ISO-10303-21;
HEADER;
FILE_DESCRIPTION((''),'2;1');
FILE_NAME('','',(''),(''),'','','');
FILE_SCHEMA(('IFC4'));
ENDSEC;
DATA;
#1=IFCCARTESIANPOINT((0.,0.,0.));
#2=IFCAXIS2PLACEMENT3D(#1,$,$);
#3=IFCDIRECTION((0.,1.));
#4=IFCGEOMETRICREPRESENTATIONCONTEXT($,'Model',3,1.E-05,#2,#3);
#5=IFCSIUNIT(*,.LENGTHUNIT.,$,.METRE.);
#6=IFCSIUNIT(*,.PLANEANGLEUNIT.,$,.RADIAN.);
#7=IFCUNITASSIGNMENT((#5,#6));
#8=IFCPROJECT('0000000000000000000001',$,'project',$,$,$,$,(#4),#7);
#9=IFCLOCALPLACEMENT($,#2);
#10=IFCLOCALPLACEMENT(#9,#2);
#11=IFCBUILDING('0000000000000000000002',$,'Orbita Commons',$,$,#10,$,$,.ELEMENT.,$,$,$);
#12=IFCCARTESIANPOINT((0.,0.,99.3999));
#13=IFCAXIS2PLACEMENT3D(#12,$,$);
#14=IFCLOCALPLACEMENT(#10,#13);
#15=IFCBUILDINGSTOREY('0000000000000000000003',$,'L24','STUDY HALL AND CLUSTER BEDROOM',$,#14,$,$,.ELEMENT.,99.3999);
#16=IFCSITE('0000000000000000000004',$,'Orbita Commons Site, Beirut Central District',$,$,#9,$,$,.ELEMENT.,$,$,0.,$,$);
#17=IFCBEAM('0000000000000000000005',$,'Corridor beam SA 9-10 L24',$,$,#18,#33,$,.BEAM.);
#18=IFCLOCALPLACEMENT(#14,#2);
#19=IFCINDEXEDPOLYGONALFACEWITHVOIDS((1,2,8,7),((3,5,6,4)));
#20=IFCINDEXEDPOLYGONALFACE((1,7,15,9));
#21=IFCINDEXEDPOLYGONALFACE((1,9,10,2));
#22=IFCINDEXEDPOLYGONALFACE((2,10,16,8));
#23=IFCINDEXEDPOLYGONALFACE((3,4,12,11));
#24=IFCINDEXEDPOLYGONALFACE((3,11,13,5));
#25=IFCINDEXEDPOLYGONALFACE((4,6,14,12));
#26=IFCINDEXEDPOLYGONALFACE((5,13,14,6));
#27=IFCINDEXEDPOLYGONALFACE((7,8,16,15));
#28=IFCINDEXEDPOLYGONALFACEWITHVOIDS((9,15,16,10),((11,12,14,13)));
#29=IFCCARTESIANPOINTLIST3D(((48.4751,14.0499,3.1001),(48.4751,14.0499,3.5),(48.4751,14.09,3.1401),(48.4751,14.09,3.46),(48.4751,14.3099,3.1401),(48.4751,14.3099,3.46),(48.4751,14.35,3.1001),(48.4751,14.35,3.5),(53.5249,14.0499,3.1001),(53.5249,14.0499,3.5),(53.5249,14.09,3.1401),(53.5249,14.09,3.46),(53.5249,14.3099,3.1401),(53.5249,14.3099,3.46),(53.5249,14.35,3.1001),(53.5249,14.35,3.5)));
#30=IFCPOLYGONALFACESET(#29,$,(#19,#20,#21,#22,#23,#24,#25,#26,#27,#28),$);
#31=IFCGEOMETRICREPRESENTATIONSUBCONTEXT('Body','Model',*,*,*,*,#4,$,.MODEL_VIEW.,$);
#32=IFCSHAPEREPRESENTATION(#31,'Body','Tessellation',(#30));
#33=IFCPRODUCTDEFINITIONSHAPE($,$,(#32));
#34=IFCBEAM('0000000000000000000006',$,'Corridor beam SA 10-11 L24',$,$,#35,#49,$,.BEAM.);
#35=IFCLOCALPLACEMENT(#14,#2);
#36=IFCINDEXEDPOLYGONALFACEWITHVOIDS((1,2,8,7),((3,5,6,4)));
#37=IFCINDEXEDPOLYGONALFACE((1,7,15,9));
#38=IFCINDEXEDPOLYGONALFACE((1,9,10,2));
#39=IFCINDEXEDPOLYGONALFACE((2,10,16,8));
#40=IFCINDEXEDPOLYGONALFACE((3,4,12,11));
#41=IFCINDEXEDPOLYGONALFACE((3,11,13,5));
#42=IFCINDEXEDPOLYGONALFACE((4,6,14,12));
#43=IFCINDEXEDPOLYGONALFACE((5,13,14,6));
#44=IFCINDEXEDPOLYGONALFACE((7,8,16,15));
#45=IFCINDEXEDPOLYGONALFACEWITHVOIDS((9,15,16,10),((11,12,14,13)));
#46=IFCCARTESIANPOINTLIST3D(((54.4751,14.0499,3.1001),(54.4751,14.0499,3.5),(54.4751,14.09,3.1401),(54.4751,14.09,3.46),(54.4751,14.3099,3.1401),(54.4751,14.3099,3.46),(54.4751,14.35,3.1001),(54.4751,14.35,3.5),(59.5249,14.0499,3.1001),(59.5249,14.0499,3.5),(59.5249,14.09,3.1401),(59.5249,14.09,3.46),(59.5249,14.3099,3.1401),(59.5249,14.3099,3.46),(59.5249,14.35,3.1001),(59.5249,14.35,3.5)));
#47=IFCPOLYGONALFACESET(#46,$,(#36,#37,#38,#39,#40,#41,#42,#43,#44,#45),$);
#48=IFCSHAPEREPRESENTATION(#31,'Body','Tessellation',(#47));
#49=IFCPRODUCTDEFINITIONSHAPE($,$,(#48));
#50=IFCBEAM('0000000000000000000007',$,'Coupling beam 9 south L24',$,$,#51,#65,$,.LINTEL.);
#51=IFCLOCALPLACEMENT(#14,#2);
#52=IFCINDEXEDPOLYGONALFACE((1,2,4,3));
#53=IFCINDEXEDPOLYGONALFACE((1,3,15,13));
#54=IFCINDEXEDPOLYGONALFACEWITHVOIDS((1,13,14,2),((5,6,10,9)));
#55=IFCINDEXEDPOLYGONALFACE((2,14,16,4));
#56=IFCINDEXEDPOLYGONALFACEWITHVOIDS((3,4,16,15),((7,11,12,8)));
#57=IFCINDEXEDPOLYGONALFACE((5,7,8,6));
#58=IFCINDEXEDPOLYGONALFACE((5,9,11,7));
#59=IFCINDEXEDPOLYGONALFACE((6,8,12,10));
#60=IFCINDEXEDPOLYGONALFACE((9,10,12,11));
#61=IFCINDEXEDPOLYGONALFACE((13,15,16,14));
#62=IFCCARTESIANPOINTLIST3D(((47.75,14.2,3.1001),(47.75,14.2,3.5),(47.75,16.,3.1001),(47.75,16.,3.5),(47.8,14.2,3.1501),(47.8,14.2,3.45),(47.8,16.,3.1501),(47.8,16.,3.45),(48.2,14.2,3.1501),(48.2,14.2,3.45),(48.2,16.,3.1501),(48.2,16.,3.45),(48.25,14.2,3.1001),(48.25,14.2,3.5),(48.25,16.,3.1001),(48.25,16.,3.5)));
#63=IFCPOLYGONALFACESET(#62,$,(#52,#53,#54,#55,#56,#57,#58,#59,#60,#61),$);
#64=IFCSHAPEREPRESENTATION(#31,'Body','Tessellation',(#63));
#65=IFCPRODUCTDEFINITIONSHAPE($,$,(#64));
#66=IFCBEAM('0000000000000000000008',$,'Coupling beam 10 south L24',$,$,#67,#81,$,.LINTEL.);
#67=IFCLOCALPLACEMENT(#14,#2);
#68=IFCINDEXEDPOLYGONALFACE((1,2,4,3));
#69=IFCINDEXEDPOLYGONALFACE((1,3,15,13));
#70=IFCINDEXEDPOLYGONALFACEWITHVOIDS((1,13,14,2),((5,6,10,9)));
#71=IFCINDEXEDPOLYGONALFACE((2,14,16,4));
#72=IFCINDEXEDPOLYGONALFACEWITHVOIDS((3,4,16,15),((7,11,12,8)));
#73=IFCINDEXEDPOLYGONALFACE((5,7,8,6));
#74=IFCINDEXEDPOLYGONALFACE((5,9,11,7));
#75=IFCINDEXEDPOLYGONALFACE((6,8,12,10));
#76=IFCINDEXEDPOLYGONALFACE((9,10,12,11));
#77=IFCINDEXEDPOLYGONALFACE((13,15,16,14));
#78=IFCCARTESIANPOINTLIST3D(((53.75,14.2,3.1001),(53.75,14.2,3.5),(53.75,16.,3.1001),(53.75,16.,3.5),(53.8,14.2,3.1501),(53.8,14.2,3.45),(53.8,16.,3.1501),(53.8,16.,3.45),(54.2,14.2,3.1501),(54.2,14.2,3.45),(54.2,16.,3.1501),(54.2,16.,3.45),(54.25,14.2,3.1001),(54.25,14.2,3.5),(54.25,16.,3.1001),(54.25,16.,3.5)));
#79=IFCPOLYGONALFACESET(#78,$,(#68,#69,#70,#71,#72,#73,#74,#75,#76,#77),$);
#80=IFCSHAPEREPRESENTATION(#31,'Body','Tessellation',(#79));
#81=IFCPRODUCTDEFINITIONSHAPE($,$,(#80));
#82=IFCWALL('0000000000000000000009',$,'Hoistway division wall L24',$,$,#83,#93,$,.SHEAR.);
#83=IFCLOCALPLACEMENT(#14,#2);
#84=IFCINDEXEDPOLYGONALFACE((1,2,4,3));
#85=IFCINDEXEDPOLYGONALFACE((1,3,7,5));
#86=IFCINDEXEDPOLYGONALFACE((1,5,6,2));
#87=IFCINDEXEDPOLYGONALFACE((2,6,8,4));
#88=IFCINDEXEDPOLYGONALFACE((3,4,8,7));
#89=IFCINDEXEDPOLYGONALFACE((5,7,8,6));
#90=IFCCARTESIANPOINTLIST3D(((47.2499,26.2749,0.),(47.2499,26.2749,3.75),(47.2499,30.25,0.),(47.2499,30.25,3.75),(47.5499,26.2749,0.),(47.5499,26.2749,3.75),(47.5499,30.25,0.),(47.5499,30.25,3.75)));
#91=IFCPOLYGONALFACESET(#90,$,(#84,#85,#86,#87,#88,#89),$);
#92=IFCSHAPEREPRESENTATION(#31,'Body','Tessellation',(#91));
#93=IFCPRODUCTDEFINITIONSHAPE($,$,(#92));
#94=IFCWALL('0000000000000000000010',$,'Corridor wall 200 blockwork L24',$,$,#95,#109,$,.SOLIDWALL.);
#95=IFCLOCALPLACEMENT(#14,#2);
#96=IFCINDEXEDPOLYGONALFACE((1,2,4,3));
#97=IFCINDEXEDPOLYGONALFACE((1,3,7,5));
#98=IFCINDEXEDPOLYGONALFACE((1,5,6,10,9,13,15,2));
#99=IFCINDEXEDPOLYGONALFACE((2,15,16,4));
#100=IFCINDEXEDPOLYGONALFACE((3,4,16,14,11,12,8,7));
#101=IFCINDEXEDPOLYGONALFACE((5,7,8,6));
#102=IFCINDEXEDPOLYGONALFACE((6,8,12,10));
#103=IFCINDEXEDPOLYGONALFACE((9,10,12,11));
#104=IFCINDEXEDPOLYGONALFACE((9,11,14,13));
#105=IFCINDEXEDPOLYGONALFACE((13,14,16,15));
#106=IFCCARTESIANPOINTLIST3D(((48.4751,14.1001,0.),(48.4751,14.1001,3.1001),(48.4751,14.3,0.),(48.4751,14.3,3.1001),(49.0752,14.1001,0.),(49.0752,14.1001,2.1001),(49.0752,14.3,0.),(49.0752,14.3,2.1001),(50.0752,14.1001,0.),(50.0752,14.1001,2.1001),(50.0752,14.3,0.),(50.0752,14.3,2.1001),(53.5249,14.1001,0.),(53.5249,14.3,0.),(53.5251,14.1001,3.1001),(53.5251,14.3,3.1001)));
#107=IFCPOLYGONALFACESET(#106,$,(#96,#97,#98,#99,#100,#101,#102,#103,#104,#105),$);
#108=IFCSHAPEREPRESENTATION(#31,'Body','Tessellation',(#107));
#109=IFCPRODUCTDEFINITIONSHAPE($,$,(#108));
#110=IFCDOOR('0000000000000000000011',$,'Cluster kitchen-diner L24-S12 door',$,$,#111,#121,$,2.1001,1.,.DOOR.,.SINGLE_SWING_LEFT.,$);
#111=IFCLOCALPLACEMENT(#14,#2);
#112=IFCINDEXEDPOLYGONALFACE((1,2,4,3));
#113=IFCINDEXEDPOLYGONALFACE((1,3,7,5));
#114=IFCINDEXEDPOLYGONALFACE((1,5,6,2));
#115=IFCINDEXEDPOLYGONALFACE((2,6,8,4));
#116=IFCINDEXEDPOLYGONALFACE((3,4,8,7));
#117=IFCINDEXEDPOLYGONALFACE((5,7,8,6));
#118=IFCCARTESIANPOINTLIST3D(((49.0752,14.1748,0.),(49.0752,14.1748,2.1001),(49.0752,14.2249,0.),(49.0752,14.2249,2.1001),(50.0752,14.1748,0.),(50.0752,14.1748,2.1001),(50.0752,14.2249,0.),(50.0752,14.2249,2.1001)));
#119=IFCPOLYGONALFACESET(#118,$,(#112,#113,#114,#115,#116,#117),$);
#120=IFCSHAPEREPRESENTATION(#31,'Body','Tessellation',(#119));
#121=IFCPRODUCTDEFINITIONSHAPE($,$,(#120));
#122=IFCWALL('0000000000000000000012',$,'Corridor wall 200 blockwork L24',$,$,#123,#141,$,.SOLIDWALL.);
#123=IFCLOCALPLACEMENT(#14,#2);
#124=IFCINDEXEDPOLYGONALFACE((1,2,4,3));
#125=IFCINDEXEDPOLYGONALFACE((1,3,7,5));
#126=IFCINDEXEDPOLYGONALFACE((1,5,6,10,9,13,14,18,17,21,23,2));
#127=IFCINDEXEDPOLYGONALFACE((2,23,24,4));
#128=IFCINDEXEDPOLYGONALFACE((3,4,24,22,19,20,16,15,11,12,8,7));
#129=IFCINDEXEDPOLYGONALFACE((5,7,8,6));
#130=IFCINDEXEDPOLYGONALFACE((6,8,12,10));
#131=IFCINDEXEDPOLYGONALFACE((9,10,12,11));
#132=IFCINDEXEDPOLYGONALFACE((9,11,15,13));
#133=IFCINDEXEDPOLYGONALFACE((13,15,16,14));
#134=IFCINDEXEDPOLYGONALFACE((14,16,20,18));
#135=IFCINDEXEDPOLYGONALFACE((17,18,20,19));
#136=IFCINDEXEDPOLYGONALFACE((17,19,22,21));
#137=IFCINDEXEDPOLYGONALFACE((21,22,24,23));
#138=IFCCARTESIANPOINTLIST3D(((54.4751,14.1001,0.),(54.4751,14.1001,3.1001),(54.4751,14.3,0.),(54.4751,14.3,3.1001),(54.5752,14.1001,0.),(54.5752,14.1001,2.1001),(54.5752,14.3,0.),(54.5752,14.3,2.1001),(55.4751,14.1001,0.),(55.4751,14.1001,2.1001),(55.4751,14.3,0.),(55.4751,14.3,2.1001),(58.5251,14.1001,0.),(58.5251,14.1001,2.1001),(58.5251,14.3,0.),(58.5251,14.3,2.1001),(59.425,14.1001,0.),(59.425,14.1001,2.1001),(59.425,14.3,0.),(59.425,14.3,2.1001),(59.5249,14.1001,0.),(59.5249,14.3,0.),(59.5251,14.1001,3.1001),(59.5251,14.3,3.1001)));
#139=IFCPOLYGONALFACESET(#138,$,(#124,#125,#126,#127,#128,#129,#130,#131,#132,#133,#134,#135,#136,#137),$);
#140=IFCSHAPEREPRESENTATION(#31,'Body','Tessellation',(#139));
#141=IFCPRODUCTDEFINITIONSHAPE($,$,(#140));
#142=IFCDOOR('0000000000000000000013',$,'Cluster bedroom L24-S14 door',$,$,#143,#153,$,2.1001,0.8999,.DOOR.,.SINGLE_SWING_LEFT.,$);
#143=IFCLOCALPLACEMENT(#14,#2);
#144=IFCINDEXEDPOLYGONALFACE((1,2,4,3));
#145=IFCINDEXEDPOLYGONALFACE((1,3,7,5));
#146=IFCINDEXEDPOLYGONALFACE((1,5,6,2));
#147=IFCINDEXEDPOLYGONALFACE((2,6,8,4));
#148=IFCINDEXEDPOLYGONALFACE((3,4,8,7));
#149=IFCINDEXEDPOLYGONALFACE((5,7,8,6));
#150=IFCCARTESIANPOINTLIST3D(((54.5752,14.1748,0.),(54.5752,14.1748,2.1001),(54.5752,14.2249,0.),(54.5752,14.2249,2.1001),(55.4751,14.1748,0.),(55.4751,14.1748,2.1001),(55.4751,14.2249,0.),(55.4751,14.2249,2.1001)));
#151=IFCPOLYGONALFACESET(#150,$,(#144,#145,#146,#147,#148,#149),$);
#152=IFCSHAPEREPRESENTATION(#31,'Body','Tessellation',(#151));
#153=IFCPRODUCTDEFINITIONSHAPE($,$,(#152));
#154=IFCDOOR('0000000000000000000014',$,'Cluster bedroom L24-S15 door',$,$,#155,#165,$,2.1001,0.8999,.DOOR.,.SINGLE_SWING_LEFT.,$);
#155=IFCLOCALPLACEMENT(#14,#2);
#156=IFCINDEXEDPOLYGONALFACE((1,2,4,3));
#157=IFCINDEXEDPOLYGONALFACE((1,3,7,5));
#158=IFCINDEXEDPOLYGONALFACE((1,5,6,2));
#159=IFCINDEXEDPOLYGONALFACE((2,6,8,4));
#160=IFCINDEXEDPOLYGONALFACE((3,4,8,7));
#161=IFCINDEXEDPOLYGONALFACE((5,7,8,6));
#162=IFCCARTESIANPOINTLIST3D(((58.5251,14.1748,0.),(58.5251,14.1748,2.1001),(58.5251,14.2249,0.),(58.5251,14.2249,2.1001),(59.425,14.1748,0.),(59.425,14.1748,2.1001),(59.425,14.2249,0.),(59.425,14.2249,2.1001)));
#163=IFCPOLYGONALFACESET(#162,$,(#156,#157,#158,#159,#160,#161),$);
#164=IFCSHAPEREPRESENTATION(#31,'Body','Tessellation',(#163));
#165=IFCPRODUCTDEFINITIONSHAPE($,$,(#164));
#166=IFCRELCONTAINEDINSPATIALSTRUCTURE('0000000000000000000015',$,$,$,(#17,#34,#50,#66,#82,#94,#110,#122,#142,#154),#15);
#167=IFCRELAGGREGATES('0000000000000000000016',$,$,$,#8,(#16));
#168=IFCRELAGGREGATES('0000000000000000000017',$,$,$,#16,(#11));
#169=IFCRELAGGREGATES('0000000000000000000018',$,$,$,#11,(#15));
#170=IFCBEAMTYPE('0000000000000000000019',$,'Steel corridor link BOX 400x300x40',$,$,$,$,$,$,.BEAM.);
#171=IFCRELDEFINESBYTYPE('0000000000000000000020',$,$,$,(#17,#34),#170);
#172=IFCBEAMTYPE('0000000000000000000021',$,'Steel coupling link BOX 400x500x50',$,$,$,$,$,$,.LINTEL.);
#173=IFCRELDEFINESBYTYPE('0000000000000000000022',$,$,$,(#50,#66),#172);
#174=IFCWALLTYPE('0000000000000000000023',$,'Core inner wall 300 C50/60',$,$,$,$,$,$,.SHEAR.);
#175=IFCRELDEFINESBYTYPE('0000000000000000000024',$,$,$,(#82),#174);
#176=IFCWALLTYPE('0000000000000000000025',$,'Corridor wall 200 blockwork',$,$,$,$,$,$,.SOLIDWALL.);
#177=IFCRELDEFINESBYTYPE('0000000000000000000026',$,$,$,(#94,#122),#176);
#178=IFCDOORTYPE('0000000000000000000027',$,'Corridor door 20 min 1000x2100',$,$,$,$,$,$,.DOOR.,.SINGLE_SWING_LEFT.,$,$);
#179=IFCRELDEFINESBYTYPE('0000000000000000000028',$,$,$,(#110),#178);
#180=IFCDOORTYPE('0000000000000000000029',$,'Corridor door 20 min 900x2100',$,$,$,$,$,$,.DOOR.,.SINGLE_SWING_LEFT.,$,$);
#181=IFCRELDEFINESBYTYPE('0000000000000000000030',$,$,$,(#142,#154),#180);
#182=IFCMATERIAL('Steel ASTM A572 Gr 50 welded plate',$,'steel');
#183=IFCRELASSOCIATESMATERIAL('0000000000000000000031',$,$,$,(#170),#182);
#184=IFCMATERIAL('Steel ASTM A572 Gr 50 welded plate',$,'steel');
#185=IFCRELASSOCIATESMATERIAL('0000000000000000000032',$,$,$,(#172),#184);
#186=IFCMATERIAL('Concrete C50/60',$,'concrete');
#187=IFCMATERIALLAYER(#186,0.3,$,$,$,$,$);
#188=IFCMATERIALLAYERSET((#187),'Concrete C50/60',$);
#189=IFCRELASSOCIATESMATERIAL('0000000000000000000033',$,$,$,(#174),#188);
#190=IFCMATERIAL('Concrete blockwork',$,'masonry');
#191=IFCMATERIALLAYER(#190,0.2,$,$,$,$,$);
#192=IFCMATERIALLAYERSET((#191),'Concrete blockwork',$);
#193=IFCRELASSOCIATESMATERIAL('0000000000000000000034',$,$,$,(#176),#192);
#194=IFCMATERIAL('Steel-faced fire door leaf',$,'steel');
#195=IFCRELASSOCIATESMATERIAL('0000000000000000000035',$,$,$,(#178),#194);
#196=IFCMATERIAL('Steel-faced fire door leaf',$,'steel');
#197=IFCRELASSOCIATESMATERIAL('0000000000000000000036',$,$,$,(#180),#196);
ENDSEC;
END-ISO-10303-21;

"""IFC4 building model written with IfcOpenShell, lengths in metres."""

from ifc_helpers import new_model, si_unit, direction, frame, frame_2d, origin, origin_2d, place, context, subcontext, project, spatial, polyline, rectangle, hollow_rectangle, outline, extrude, material, layer, layer_set, material_profile, profile_set, type_object, element, fill, save


model = new_model("IFC4")

# Units and contexts
model_context = context("Model", 3, precision=1e-05, world=origin(), true_north=direction((0.0, 1.0)))
body_context = subcontext(model_context, "Body", "Model", "MODEL_VIEW")
ifc_project = project(units=[si_unit("LENGTHUNIT", "METRE"), si_unit("PLANEANGLEUNIT", "RADIAN")], contexts=[model_context])

# Site, building, storey
site_placement = place(None, origin())
site = spatial("IfcSite", under=ifc_project, at=site_placement, Name="Orbita Commons Site, Beirut Central District", CompositionType="ELEMENT", RefElevation=0.0)
building_placement = place(site_placement, origin())
building = spatial("IfcBuilding", under=site, at=building_placement, Name="Orbita Commons", CompositionType="ELEMENT")
storey_placement = place(building_placement, frame((0.0, 0.0, 99.3999)))
storey = spatial("IfcBuildingStorey", under=building, at=storey_placement, Name="L24", Description="STUDY HALL AND CLUSTER BEDROOM", CompositionType="ELEMENT", Elevation=99.3999)

# Beams
ifc_material_1 = material(Name="Steel ASTM A572 Gr 50 welded plate", Category="steel")
ifc_material_profile_1 = material_profile(ifc_material_1, hollow_rectangle(XDim=0.3, YDim=0.3999, WallThickness=0.04, at=origin_2d()), Name="BOX 400x300x40")
ifc_profile_set_1 = profile_set([ifc_material_profile_1], Name="Steel ASTM A572 Gr 50 welded plate")
beam_type_1 = type_object("IfcBeamType", Name="Steel corridor link BOX 400x300x40", PredefinedType="BEAM", material=ifc_profile_set_1)
for number, where, z_axis, x_axis, name in (
    (1, (48.4751, 14.2, 3.3), (1.0, 0.0, 0.0), (0.0, 1.0, 0.0), "Corridor beam SA 9-10 L24"),
    (2, (54.4751, 14.2, 3.3), (1.0, 0.0, 0.0), (0.0, 1.0, 0.0), "Corridor beam SA 10-11 L24"),
):
    element("IfcBeam", number, at=place(storey_placement, frame(where, z_axis=z_axis, x_axis=x_axis)), inside=storey, type_object=beam_type_1, Name=name, PredefinedType="BEAM", context=body_context, shape_type="SweptSolid", body=[
        extrude(hollow_rectangle(XDim=0.3, YDim=0.3999, WallThickness=0.04, at=origin_2d()), origin(), (0.0, 0.0, 1.0), 5.0498),
    ])
ifc_material_2 = material(Name="Steel ASTM A572 Gr 50 welded plate", Category="steel")
ifc_material_profile_2 = material_profile(ifc_material_2, hollow_rectangle(XDim=0.5, YDim=0.3999, WallThickness=0.05, at=origin_2d()), Name="BOX 400x500x50")
ifc_profile_set_2 = profile_set([ifc_material_profile_2], Name="Steel ASTM A572 Gr 50 welded plate")
beam_type_2 = type_object("IfcBeamType", Name="Steel coupling link BOX 400x500x50", PredefinedType="LINTEL", material=ifc_profile_set_2)
for number, where, z_axis, x_axis, name in (
    (3, (48.0, 14.2, 3.3), (0.0, 1.0, 0.0), (-1.0, 0.0, 0.0), "Coupling beam 9 south L24"),
    (4, (54.0, 14.2, 3.3), (0.0, 1.0, 0.0), (-1.0, 0.0, 0.0), "Coupling beam 10 south L24"),
):
    element("IfcBeam", number, at=place(storey_placement, frame(where, z_axis=z_axis, x_axis=x_axis)), inside=storey, type_object=beam_type_2, Name=name, PredefinedType="LINTEL", context=body_context, shape_type="SweptSolid", body=[
        extrude(hollow_rectangle(XDim=0.5, YDim=0.3999, WallThickness=0.05, at=origin_2d()), origin(), (0.0, 0.0, 1.0), 1.8),
    ])

# Wall
ifc_material_3 = material(Name="Concrete C50/60", Category="concrete")
ifc_layer_1 = layer(ifc_material_3, 0.3)
ifc_layer_set_1 = layer_set([ifc_layer_1], Name="Concrete C50/60")
wall_type_1 = type_object("IfcWallType", Name="Core inner wall 300 C50/60", PredefinedType="SHEAR", material=ifc_layer_set_1)
wall_1_placement = place(storey_placement, frame((47.3999, 26.2749, 0.0), z_axis=(0.0, 0.0, 1.0), x_axis=(0.0, 1.0, 0.0)))
element("IfcWall", 5, at=wall_1_placement, inside=storey, type_object=wall_type_1, Name="Hoistway division wall L24", PredefinedType="SHEAR", context=body_context, shape_type="SweptSolid", body=[
    extrude(rectangle(XDim=3.9751, YDim=0.3, at=frame_2d((1.9875, 0.0))), origin(), (0.0, 0.0, 1.0), 3.75),
])

# Wall, opening, door
ifc_material_4 = material(Name="Concrete blockwork", Category="masonry")
ifc_layer_2 = layer(ifc_material_4, 0.2)
ifc_layer_set_2 = layer_set([ifc_layer_2], Name="Concrete blockwork")
wall_type_2 = type_object("IfcWallType", Name="Corridor wall 200 blockwork", PredefinedType="SOLIDWALL", material=ifc_layer_set_2)
wall_2_placement = place(storey_placement, frame((48.4751, 14.2, 0.0), z_axis=(0.0, 0.0, 1.0), x_axis=(1.0, 0.0, 0.0)))
wall_2 = element("IfcWall", 6, at=wall_2_placement, inside=storey, type_object=wall_type_2, Name="Corridor wall 200 blockwork L24", PredefinedType="SOLIDWALL", context=body_context, shape_type="SweptSolid", body=[
    extrude(outline(polyline([(0.0, 0.0), (5.0498, 0.0), (5.05, 3.1001), (0.0, 3.1001), (0.0, 0.0)])), frame((0.0, 0.1001, 0.0), z_axis=(0.0, -1.0, 0.0), x_axis=(1.0, 0.0, 0.0)), (0.0, 0.0, 1.0), 0.2),
])
opening_1_placement = place(wall_2_placement, frame((0.6001, 0.0, 0.0)))
opening_1 = element("IfcOpeningElement", 7, at=opening_1_placement, cuts=wall_2, PredefinedType="OPENING", context=body_context, shape_type="SweptSolid", body=[
    extrude(rectangle(XDim=1.0, YDim=2.1001, at=frame_2d((0.5, 1.05))), frame((0.0, 0.1099, 0.0), z_axis=(0.0, -1.0, 0.0), x_axis=(1.0, 0.0, 0.0)), (0.0, 0.0, 1.0), 0.22),
])
ifc_material_5 = material(Name="Steel-faced fire door leaf", Category="steel")
door_type_1 = type_object("IfcDoorType", Name="Corridor door 20 min 1000x2100", OperationType="SINGLE_SWING_LEFT", PredefinedType="DOOR", material=ifc_material_5)
door_1_placement = place(opening_1_placement, origin())
door_1 = element("IfcDoor", 8, at=door_1_placement, inside=storey, type_object=door_type_1, Name="Cluster kitchen-diner L24-S12 door", OperationType="SINGLE_SWING_LEFT", OverallHeight=2.1001, OverallWidth=1.0, PredefinedType="DOOR", context=body_context, shape_type="SweptSolid", body=[
    extrude(rectangle(XDim=1.0, YDim=2.1001, at=frame_2d((0.5, 1.05))), frame((0.0, 0.0249, 0.0), z_axis=(0.0, -1.0, 0.0), x_axis=(1.0, 0.0, 0.0)), (0.0, 0.0, 1.0), 0.05),
])
fill(opening_1, door_1)

# Wall, openings, doors
wall_3_placement = place(storey_placement, frame((54.4751, 14.2, 0.0), z_axis=(0.0, 0.0, 1.0), x_axis=(1.0, 0.0, 0.0)))
wall_3 = element("IfcWall", 9, at=wall_3_placement, inside=storey, type_object=wall_type_2, Name="Corridor wall 200 blockwork L24", PredefinedType="SOLIDWALL", context=body_context, shape_type="SweptSolid", body=[
    extrude(outline(polyline([(0.0, 0.0), (5.0498, 0.0), (5.05, 3.1001), (0.0, 3.1001), (0.0, 0.0)])), frame((0.0, 0.1001, 0.0), z_axis=(0.0, -1.0, 0.0), x_axis=(1.0, 0.0, 0.0)), (0.0, 0.0, 1.0), 0.2),
])
opening_2_placement = place(wall_3_placement, frame((0.1001, 0.0, 0.0)))
opening_2 = element("IfcOpeningElement", 10, at=opening_2_placement, cuts=wall_3, PredefinedType="OPENING", context=body_context, shape_type="SweptSolid", body=[
    extrude(rectangle(XDim=0.8999, YDim=2.1001, at=frame_2d((0.45, 1.05))), frame((0.0, 0.1099, 0.0), z_axis=(0.0, -1.0, 0.0), x_axis=(1.0, 0.0, 0.0)), (0.0, 0.0, 1.0), 0.22),
])
opening_3_placement = place(wall_3_placement, frame((4.05, 0.0, 0.0)))
opening_3 = element("IfcOpeningElement", 11, at=opening_3_placement, cuts=wall_3, PredefinedType="OPENING", context=body_context, shape_type="SweptSolid", body=[
    extrude(rectangle(XDim=0.8999, YDim=2.1001, at=frame_2d((0.45, 1.05))), frame((0.0, 0.1099, 0.0), z_axis=(0.0, -1.0, 0.0), x_axis=(1.0, 0.0, 0.0)), (0.0, 0.0, 1.0), 0.22),
])
ifc_material_6 = material(Name="Steel-faced fire door leaf", Category="steel")
door_type_2 = type_object("IfcDoorType", Name="Corridor door 20 min 900x2100", OperationType="SINGLE_SWING_LEFT", PredefinedType="DOOR", material=ifc_material_6)
door_2_placement = place(opening_2_placement, origin())
door_2 = element("IfcDoor", 12, at=door_2_placement, inside=storey, type_object=door_type_2, Name="Cluster bedroom L24-S14 door", OperationType="SINGLE_SWING_LEFT", OverallHeight=2.1001, OverallWidth=0.8999, PredefinedType="DOOR", context=body_context, shape_type="SweptSolid", body=[
    extrude(rectangle(XDim=0.8999, YDim=2.1001, at=frame_2d((0.45, 1.05))), frame((0.0, 0.0249, 0.0), z_axis=(0.0, -1.0, 0.0), x_axis=(1.0, 0.0, 0.0)), (0.0, 0.0, 1.0), 0.05),
])
fill(opening_2, door_2)
door_3_placement = place(opening_3_placement, origin())
door_3 = element("IfcDoor", 13, at=door_3_placement, inside=storey, type_object=door_type_2, Name="Cluster bedroom L24-S15 door", OperationType="SINGLE_SWING_LEFT", OverallHeight=2.1001, OverallWidth=0.8999, PredefinedType="DOOR", context=body_context, shape_type="SweptSolid", body=[
    extrude(rectangle(XDim=0.8999, YDim=2.1001, at=frame_2d((0.45, 1.05))), frame((0.0, 0.0249, 0.0), z_axis=(0.0, -1.0, 0.0), x_axis=(1.0, 0.0, 0.0)), (0.0, 0.0, 1.0), 0.05),
])
fill(opening_3, door_3)

save(model, "model.ifc")
